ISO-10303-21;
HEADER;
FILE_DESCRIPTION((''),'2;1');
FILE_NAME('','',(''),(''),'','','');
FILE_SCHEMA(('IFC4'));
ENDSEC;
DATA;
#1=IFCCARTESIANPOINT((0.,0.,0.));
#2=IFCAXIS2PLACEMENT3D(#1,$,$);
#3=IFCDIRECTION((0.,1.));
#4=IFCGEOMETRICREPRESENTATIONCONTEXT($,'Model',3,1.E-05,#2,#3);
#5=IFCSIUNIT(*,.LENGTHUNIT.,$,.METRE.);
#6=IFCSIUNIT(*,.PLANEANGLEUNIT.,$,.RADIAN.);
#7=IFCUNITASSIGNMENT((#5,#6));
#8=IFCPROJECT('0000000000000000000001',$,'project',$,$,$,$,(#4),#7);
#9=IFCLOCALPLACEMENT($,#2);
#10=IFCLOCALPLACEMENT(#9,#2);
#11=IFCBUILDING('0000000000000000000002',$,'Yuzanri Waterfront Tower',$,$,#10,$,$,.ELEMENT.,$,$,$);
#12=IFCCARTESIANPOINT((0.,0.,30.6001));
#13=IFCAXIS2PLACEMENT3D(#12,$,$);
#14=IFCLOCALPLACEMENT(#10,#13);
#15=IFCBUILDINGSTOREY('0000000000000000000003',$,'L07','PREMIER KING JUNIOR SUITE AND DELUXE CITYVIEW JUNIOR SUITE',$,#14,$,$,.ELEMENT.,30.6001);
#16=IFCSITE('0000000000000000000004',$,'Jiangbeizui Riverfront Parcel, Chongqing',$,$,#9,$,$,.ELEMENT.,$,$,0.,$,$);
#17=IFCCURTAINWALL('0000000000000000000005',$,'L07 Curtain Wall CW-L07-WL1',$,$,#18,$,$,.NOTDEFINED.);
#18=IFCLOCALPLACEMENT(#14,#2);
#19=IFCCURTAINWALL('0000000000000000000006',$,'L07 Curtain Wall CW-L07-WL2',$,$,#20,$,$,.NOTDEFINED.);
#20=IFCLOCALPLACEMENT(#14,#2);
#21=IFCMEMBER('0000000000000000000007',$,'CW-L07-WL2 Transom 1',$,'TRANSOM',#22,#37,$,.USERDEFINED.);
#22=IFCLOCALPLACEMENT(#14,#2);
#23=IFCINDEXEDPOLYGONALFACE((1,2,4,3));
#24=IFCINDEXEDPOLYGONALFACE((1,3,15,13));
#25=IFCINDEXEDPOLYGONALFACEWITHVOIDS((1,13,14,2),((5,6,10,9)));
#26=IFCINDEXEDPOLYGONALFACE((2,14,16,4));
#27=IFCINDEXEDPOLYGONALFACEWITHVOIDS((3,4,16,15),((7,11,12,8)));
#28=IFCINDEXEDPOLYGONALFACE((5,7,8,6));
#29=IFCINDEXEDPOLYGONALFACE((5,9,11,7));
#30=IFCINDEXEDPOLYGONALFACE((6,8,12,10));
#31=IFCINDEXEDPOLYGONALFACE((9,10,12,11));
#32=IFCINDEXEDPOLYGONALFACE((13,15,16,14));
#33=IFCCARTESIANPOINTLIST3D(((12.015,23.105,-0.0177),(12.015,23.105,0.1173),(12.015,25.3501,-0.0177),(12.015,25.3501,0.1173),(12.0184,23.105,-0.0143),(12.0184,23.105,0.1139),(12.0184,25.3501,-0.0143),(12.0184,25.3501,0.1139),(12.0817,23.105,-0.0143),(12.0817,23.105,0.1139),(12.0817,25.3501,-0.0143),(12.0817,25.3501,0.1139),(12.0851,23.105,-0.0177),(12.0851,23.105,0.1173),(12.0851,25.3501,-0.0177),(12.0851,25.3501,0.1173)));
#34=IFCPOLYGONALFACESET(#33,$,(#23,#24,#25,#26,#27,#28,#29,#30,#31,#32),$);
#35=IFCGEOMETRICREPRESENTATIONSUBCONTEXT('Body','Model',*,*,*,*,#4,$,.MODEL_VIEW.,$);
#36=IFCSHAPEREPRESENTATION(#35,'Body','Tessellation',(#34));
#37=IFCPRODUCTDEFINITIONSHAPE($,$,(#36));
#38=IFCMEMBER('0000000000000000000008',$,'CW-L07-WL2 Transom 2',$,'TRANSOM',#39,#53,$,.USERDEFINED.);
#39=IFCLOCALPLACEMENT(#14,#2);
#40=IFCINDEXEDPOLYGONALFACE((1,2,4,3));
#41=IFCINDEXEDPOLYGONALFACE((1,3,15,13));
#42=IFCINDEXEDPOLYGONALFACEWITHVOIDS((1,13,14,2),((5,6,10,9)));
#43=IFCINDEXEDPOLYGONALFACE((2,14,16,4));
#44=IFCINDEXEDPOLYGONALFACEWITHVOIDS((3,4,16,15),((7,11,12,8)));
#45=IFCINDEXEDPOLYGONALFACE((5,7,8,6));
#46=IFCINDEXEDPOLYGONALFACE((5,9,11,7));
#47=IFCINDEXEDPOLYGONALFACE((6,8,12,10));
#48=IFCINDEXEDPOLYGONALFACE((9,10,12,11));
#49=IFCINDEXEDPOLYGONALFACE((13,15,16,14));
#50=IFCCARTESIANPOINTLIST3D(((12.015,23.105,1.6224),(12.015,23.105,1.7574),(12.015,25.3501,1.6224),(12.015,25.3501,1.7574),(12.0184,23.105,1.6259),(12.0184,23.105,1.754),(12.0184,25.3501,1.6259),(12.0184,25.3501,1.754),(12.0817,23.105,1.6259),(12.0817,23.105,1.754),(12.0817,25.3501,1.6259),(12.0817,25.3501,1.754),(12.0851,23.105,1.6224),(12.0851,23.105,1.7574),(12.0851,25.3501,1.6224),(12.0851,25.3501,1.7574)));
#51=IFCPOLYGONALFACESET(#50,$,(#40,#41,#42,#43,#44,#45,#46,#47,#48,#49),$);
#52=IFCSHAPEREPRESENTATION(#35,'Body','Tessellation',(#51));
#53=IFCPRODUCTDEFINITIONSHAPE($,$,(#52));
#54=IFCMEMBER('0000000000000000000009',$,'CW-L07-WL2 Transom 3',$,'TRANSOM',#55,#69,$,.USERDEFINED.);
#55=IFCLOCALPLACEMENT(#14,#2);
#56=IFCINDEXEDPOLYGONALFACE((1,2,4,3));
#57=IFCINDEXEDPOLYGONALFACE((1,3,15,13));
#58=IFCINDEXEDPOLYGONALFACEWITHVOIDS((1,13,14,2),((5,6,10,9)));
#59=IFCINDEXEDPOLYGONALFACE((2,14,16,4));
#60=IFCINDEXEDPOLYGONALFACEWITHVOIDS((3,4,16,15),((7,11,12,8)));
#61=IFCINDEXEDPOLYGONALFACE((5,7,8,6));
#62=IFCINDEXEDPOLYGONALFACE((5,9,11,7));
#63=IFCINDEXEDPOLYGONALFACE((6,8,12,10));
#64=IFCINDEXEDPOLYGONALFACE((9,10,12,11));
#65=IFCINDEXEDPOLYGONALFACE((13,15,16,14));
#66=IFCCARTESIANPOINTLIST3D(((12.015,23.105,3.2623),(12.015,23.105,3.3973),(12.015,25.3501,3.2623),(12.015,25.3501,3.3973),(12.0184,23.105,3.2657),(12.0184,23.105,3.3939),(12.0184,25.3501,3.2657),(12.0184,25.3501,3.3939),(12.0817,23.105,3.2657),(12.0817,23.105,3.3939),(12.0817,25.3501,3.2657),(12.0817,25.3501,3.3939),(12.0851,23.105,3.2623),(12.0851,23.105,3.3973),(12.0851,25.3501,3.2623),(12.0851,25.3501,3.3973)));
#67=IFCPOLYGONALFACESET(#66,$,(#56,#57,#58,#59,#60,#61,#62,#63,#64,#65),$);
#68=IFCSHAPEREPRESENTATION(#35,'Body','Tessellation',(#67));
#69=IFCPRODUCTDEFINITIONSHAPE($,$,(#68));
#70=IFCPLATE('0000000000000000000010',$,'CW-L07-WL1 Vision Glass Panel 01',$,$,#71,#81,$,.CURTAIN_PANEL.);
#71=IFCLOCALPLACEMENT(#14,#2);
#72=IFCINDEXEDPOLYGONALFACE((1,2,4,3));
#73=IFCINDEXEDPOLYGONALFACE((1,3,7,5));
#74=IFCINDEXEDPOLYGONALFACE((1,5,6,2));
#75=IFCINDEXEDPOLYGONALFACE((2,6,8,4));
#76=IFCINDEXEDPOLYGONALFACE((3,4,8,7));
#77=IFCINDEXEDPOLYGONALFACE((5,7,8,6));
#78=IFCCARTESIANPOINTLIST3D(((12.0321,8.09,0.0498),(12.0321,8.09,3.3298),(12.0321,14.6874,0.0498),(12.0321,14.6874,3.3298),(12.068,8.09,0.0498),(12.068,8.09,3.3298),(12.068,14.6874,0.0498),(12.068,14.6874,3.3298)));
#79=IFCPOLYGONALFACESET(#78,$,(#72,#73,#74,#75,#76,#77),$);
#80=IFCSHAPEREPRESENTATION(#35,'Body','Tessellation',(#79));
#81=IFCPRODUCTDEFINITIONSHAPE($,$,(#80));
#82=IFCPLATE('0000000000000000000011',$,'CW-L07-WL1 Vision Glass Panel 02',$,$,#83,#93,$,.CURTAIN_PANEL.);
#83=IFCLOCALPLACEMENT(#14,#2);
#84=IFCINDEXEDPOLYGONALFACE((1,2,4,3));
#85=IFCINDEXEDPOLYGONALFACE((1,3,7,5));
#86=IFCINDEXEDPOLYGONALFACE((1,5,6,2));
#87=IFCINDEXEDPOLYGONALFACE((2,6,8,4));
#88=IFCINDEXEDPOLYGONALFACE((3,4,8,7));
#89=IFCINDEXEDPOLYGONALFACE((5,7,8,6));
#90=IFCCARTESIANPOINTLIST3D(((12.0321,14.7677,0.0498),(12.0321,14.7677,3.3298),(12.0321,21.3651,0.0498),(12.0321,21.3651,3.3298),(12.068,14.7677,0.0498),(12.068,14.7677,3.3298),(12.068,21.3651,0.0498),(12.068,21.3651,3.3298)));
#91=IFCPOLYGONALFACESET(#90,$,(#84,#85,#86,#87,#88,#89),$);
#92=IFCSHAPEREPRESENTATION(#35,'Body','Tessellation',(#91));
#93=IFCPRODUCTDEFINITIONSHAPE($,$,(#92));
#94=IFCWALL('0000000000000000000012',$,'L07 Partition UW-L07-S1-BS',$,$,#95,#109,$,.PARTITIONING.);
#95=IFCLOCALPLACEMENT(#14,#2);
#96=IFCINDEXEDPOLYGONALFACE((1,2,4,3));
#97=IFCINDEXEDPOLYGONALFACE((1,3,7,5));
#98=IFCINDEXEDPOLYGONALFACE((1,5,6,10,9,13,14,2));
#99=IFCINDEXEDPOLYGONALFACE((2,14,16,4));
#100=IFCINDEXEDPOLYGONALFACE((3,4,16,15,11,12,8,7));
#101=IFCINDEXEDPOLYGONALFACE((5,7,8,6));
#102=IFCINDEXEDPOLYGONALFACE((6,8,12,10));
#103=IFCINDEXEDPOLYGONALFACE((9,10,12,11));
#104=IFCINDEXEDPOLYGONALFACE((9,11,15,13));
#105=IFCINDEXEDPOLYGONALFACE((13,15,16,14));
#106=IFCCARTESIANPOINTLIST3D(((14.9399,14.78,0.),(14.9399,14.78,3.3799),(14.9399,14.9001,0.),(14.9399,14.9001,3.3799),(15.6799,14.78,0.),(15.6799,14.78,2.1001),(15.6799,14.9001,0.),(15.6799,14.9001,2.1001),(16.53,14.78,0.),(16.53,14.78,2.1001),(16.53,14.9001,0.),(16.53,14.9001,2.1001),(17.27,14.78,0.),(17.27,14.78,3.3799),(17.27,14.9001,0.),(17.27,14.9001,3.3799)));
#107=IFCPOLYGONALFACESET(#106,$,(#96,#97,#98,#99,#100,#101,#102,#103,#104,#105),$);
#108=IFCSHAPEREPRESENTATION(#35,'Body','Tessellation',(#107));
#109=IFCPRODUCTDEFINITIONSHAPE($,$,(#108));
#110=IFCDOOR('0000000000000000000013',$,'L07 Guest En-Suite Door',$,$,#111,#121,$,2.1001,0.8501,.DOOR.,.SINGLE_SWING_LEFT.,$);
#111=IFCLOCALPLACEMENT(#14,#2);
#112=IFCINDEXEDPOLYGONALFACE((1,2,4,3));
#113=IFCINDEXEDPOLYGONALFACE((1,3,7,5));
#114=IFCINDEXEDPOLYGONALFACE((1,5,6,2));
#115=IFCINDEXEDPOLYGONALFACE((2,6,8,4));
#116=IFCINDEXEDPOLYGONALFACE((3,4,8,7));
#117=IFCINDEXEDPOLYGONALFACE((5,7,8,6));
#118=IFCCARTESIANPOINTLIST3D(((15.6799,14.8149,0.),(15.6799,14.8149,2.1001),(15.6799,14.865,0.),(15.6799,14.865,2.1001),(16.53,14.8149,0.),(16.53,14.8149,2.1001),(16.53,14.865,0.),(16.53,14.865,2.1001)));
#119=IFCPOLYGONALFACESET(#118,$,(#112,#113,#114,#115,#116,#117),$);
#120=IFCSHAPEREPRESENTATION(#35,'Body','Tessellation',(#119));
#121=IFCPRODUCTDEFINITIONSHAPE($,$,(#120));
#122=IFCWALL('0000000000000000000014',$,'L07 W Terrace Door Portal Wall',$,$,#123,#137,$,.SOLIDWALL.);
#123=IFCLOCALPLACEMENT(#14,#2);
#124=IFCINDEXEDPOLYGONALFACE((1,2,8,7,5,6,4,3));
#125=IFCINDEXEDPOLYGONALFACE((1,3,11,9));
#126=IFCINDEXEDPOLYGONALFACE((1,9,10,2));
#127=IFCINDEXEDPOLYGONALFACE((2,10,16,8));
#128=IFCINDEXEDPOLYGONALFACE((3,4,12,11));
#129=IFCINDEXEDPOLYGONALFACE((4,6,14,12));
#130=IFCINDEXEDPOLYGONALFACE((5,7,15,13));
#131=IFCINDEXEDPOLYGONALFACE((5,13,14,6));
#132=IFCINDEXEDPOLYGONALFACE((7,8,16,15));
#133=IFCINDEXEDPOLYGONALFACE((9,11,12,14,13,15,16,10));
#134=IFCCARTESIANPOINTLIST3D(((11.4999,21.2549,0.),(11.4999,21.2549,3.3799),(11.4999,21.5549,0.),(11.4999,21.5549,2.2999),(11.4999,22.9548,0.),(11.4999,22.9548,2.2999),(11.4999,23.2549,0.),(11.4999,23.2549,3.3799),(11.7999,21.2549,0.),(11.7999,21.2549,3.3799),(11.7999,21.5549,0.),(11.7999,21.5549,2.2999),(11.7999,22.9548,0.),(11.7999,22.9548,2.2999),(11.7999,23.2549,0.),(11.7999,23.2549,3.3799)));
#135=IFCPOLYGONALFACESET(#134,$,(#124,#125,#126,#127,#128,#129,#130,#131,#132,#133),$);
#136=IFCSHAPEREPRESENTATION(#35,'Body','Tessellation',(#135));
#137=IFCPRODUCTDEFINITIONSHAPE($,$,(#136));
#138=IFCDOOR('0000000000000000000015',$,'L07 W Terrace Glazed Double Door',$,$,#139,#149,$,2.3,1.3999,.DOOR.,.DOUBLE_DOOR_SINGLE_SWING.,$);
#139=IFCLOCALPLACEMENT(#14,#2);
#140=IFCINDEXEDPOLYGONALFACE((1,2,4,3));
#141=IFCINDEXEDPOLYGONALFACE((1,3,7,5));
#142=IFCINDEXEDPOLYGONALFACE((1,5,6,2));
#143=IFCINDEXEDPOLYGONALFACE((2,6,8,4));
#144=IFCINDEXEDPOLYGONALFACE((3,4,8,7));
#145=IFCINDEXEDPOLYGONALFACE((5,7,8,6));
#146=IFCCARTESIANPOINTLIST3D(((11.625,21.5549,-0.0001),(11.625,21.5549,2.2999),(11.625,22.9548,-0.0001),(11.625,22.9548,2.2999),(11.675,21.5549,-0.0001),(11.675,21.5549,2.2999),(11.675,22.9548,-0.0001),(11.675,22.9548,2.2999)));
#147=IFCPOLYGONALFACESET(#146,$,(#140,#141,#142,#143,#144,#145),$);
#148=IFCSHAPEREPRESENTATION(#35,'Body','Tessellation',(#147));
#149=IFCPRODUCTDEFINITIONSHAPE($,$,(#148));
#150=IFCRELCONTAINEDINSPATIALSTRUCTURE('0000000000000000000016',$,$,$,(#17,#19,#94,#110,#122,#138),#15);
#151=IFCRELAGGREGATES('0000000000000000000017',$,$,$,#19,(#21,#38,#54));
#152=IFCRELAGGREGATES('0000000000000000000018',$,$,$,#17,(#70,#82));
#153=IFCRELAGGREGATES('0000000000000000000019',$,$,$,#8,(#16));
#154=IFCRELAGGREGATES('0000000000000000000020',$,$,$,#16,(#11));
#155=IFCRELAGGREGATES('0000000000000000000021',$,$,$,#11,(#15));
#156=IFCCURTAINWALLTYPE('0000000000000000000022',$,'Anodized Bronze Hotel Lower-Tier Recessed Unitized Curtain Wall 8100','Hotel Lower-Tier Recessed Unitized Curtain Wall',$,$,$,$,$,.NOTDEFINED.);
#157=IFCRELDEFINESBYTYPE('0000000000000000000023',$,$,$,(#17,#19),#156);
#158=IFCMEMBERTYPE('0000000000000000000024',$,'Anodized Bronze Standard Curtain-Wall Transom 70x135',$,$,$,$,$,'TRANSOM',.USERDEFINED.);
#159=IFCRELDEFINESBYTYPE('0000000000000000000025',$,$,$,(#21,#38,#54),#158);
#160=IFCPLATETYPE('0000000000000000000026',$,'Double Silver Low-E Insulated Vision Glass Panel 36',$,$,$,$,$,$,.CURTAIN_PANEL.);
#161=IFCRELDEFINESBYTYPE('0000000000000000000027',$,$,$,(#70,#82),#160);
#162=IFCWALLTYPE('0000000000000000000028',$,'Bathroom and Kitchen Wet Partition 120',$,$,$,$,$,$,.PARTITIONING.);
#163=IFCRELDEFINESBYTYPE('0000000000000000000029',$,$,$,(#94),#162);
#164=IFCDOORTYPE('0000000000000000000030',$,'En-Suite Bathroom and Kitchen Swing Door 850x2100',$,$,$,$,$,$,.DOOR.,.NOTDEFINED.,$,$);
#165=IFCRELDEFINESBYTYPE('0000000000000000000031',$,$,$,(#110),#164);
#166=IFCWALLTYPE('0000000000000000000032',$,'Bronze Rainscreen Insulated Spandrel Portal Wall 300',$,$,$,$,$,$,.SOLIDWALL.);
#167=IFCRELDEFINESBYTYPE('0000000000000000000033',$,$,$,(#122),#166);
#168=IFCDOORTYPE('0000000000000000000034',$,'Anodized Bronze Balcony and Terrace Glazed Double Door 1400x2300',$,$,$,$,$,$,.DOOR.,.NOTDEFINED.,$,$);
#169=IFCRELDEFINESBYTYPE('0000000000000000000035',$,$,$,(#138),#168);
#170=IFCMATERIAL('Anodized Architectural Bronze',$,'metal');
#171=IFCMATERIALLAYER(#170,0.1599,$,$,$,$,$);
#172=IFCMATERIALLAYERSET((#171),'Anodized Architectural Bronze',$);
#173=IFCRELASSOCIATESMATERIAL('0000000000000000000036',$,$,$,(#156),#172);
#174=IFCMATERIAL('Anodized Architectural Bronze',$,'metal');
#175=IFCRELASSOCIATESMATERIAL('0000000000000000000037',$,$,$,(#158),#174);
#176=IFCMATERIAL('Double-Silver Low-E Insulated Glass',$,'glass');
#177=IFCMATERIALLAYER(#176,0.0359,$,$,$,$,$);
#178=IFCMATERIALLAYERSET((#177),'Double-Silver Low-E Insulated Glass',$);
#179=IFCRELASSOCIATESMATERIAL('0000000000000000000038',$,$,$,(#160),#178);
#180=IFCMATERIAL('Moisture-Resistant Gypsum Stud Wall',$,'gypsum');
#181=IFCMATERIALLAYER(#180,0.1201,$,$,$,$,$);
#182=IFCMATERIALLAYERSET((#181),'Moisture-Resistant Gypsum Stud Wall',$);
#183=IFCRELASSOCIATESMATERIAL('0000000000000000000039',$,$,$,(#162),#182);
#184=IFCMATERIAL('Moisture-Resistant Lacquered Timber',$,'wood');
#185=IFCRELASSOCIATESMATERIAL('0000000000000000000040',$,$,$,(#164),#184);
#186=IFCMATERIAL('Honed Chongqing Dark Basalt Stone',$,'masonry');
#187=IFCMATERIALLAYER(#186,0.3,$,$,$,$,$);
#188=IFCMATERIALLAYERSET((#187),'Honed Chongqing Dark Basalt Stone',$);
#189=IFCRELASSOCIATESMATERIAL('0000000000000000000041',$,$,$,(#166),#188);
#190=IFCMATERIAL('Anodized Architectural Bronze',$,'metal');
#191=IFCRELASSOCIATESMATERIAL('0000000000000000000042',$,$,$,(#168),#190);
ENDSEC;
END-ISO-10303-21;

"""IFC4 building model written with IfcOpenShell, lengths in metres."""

from ifc_helpers import new_model, si_unit, direction, frame, frame_2d, origin, origin_2d, place, context, subcontext, project, spatial, rectangle, hollow_rectangle, extrude, source, transform, mapped, material, layer, layer_set, material_profile, profile_set, type_object, element, fill, aggregate, save


model = new_model("IFC4")

# Units and contexts
model_context = context("Model", 3, precision=1e-05, world=origin(), true_north=direction((0.0, 1.0)))
body_context = subcontext(model_context, "Body", "Model", "MODEL_VIEW")
ifc_project = project(units=[si_unit("LENGTHUNIT", "METRE"), si_unit("PLANEANGLEUNIT", "RADIAN")], contexts=[model_context])

# Site, building, storey
site_placement = place(None, origin())
site = spatial("IfcSite", under=ifc_project, at=site_placement, Name="Jiangbeizui Riverfront Parcel, Chongqing", CompositionType="ELEMENT", RefElevation=0.0)
building_placement = place(site_placement, origin())
building = spatial("IfcBuilding", under=site, at=building_placement, Name="Yuzanri Waterfront Tower", CompositionType="ELEMENT")
storey_placement = place(building_placement, frame((0.0, 0.0, 30.6001)))
storey = spatial("IfcBuildingStorey", under=building, at=storey_placement, Name="L07", Description="PREMIER KING JUNIOR SUITE AND DELUXE CITYVIEW JUNIOR SUITE", CompositionType="ELEMENT", Elevation=30.6001)

# Curtain walls
ifc_material_1 = material(Name="Anodized Architectural Bronze", Category="metal")
ifc_layer_1 = layer(ifc_material_1, 0.1599)
ifc_layer_set_1 = layer_set([ifc_layer_1], Name="Anodized Architectural Bronze")
curtain_wall_type = type_object("IfcCurtainWallType", Name="Anodized Bronze Hotel Lower-Tier Recessed Unitized Curtain Wall 8100", Description="Hotel Lower-Tier Recessed Unitized Curtain Wall", PredefinedType="NOTDEFINED", material=ifc_layer_set_1)
curtain_wall_1_placement = place(storey_placement, origin())
curtain_wall_1 = element("IfcCurtainWall", 1, at=curtain_wall_1_placement, inside=storey, type_object=curtain_wall_type, Name="L07 Curtain Wall CW-L07-WL1", PredefinedType="NOTDEFINED")
curtain_wall_2_placement = place(storey_placement, origin())
curtain_wall_2 = element("IfcCurtainWall", 2, at=curtain_wall_2_placement, inside=storey, type_object=curtain_wall_type, Name="L07 Curtain Wall CW-L07-WL2", PredefinedType="NOTDEFINED")

# Members
ifc_material_2 = material(Name="Anodized Architectural Bronze", Category="metal")
ifc_material_profile_1 = material_profile(ifc_material_2, hollow_rectangle(XDim=0.0701, YDim=0.135, WallThickness=0.0034, at=origin_2d()), Name="CWT 70x135")
ifc_profile_set_1 = profile_set([ifc_material_profile_1], Name="Anodized Architectural Bronze")
member_type_1 = type_object("IfcMemberType", Name="Anodized Bronze Standard Curtain-Wall Transom 70x135", ElementType="TRANSOM", PredefinedType="USERDEFINED", material=ifc_profile_set_1)
shared_shape_1 = source(origin(), body_context, "Body", "SweptSolid", [
    extrude(hollow_rectangle(XDim=0.0701, YDim=0.135, WallThickness=0.0034, at=origin_2d()), origin(), (0.0, 0.0, 1.0), 2.2451),
])
member_1_placement = place(storey_placement, frame((12.05, 23.105, 0.0498), z_axis=(0.0, 1.0, 0.0), x_axis=(-1.0, 0.0, 0.0)))
member_1 = element("IfcMember", 3, at=member_1_placement, type_object=member_type_1, Name="CW-L07-WL2 Transom 1", ObjectType="TRANSOM", PredefinedType="USERDEFINED", context=body_context, shape_type="MappedRepresentation", body=[
    mapped(shared_shape_1, transform((0.0, 0.0, 0.0), scale=1.0)),
])
member_2_placement = place(storey_placement, frame((12.05, 23.105, 1.6899), z_axis=(0.0, 1.0, 0.0), x_axis=(-1.0, 0.0, 0.0)))
member_2 = element("IfcMember", 4, at=member_2_placement, type_object=member_type_1, Name="CW-L07-WL2 Transom 2", ObjectType="TRANSOM", PredefinedType="USERDEFINED", context=body_context, shape_type="MappedRepresentation", body=[
    mapped(shared_shape_1, transform((0.0, 0.0, 0.0), scale=1.0)),
])
member_3_placement = place(storey_placement, frame((12.05, 23.105, 3.3298), z_axis=(0.0, 1.0, 0.0), x_axis=(-1.0, 0.0, 0.0)))
member_3 = element("IfcMember", 5, at=member_3_placement, type_object=member_type_1, Name="CW-L07-WL2 Transom 3", ObjectType="TRANSOM", PredefinedType="USERDEFINED", context=body_context, shape_type="MappedRepresentation", body=[
    mapped(shared_shape_1, transform((0.0, 0.0, 0.0), scale=1.0)),
])
aggregate(curtain_wall_2, [member_1, member_2, member_3])

# Plates
ifc_material_3 = material(Name="Double-Silver Low-E Insulated Glass", Category="glass")
ifc_layer_2 = layer(ifc_material_3, 0.0359)
ifc_layer_set_2 = layer_set([ifc_layer_2], Name="Double-Silver Low-E Insulated Glass")
plate_type = type_object("IfcPlateType", Name="Double Silver Low-E Insulated Vision Glass Panel 36", PredefinedType="CURTAIN_PANEL", material=ifc_layer_set_2)
shared_shape_2 = source(origin(), body_context, "Body", "SweptSolid", [
    extrude(rectangle(XDim=6.5974, YDim=0.0359, at=origin_2d()), origin(), (0.0, 0.0, 1.0), 3.28),
])
plate_1_placement = place(storey_placement, frame((12.05, 11.3887, 0.0498), z_axis=(0.0, 0.0, 1.0), x_axis=(0.0, 1.0, 0.0)))
plate_1 = element("IfcPlate", 6, at=plate_1_placement, type_object=plate_type, Name="CW-L07-WL1 Vision Glass Panel 01", PredefinedType="CURTAIN_PANEL", context=body_context, shape_type="MappedRepresentation", body=[
    mapped(shared_shape_2, transform((0.0, 0.0, 0.0), scale=1.0)),
])
plate_2_placement = place(storey_placement, frame((12.05, 18.0664, 0.0498), z_axis=(0.0, 0.0, 1.0), x_axis=(0.0, 1.0, 0.0)))
plate_2 = element("IfcPlate", 7, at=plate_2_placement, type_object=plate_type, Name="CW-L07-WL1 Vision Glass Panel 02", PredefinedType="CURTAIN_PANEL", context=body_context, shape_type="MappedRepresentation", body=[
    mapped(shared_shape_2, transform((0.0, 0.0, 0.0), scale=1.0)),
])
aggregate(curtain_wall_1, [plate_1, plate_2])

# Walls, openings, doors
ifc_material_4 = material(Name="Moisture-Resistant Gypsum Stud Wall", Category="gypsum")
ifc_layer_3 = layer(ifc_material_4, 0.1201)
ifc_layer_set_3 = layer_set([ifc_layer_3], Name="Moisture-Resistant Gypsum Stud Wall")
wall_type_1 = type_object("IfcWallType", Name="Bathroom and Kitchen Wet Partition 120", PredefinedType="PARTITIONING", material=ifc_layer_set_3)
wall_1_placement = place(storey_placement, frame((14.9399, 14.8401, 0.0), z_axis=(0.0, 0.0, 1.0), x_axis=(1.0, 0.0, 0.0)))
wall_1 = element("IfcWall", 8, at=wall_1_placement, inside=storey, type_object=wall_type_1, Name="L07 Partition UW-L07-S1-BS", PredefinedType="PARTITIONING", context=body_context, shape_type="SweptSolid", body=[
    extrude(rectangle(XDim=2.3301, YDim=0.1201, at=frame_2d((1.165, 0.0))), origin(), (0.0, 0.0, 1.0), 3.3799),
])
opening_1_placement = place(wall_1_placement, frame((0.74, 0.0, 0.0)))
opening_1 = element("IfcOpeningElement", 9, at=opening_1_placement, cuts=wall_1, PredefinedType="OPENING", context=body_context, shape_type="SweptSolid", body=[
    extrude(rectangle(XDim=0.8501, YDim=2.1001, at=frame_2d((0.425, 1.05))), frame((0.0, 0.075, 0.0), z_axis=(0.0, -1.0, 0.0), x_axis=(1.0, 0.0, 0.0)), (0.0, 0.0, 1.0), 0.1499),
])
ifc_material_5 = material(Name="Moisture-Resistant Lacquered Timber", Category="wood")
door_type_1 = type_object("IfcDoorType", Name="En-Suite Bathroom and Kitchen Swing Door 850x2100", OperationType="NOTDEFINED", PredefinedType="DOOR", material=ifc_material_5)
shared_shape_3 = source(origin(), body_context, "Body", "SweptSolid", [
    extrude(rectangle(XDim=0.8501, YDim=2.1001, at=frame_2d((0.425, 1.05))), frame((0.0, 0.0249, 0.0), z_axis=(0.0, -1.0, 0.0), x_axis=(1.0, 0.0, 0.0)), (0.0, 0.0, 1.0), 0.05),
])
door_1_placement = place(opening_1_placement, origin())
door_1 = element("IfcDoor", 10, at=door_1_placement, inside=storey, type_object=door_type_1, Name="L07 Guest En-Suite Door", OperationType="SINGLE_SWING_LEFT", OverallHeight=2.1001, OverallWidth=0.8501, PredefinedType="DOOR", context=body_context, shape_type="MappedRepresentation", body=[
    mapped(shared_shape_3, transform((0.0, 0.0, 0.0), scale=1.0)),
])
fill(opening_1, door_1)
ifc_material_6 = material(Name="Honed Chongqing Dark Basalt Stone", Category="masonry")
ifc_layer_4 = layer(ifc_material_6, 0.3)
ifc_layer_set_4 = layer_set([ifc_layer_4], Name="Honed Chongqing Dark Basalt Stone")
wall_type_2 = type_object("IfcWallType", Name="Bronze Rainscreen Insulated Spandrel Portal Wall 300", PredefinedType="SOLIDWALL", material=ifc_layer_set_4)
wall_2_placement = place(storey_placement, frame((11.6499, 21.2549, 0.0), z_axis=(0.0, 0.0, 1.0), x_axis=(0.0, 1.0, 0.0)))
wall_2 = element("IfcWall", 11, at=wall_2_placement, inside=storey, type_object=wall_type_2, Name="L07 W Terrace Door Portal Wall", PredefinedType="SOLIDWALL", context=body_context, shape_type="SweptSolid", body=[
    extrude(rectangle(XDim=2.0, YDim=0.3, at=frame_2d((1.0, 0.0))), origin(), (0.0, 0.0, 1.0), 3.3799),
])
opening_2_placement = place(wall_2_placement, frame((0.3, 0.0, 0.0)))
opening_2 = element("IfcOpeningElement", 12, at=opening_2_placement, cuts=wall_2, PredefinedType="OPENING", context=body_context, shape_type="SweptSolid", body=[
    extrude(rectangle(XDim=1.3999, YDim=2.3, at=frame_2d((0.7, 1.1499))), frame((0.0, 0.165, 0.0), z_axis=(0.0, -1.0, 0.0), x_axis=(1.0, 0.0, 0.0)), (0.0, 0.0, 1.0), 0.3298),
])
ifc_material_7 = material(Name="Anodized Architectural Bronze", Category="metal")
door_type_2 = type_object("IfcDoorType", Name="Anodized Bronze Balcony and Terrace Glazed Double Door 1400x2300", OperationType="NOTDEFINED", PredefinedType="DOOR", material=ifc_material_7)
shared_shape_4 = source(origin(), body_context, "Body", "SweptSolid", [
    extrude(rectangle(XDim=1.3999, YDim=2.3, at=frame_2d((0.7, 1.1499))), frame((0.0, 0.0249, 0.0), z_axis=(0.0, -1.0, 0.0), x_axis=(1.0, 0.0, 0.0)), (0.0, 0.0, 1.0), 0.05),
])
door_2_placement = place(opening_2_placement, origin())
door_2 = element("IfcDoor", 13, at=door_2_placement, inside=storey, type_object=door_type_2, Name="L07 W Terrace Glazed Double Door", OperationType="DOUBLE_DOOR_SINGLE_SWING", OverallHeight=2.3, OverallWidth=1.3999, PredefinedType="DOOR", context=body_context, shape_type="MappedRepresentation", body=[
    mapped(shared_shape_4, transform((0.0, 0.0, 0.0), scale=1.0)),
])
fill(opening_2, door_2)

save(model, "model.ifc")
